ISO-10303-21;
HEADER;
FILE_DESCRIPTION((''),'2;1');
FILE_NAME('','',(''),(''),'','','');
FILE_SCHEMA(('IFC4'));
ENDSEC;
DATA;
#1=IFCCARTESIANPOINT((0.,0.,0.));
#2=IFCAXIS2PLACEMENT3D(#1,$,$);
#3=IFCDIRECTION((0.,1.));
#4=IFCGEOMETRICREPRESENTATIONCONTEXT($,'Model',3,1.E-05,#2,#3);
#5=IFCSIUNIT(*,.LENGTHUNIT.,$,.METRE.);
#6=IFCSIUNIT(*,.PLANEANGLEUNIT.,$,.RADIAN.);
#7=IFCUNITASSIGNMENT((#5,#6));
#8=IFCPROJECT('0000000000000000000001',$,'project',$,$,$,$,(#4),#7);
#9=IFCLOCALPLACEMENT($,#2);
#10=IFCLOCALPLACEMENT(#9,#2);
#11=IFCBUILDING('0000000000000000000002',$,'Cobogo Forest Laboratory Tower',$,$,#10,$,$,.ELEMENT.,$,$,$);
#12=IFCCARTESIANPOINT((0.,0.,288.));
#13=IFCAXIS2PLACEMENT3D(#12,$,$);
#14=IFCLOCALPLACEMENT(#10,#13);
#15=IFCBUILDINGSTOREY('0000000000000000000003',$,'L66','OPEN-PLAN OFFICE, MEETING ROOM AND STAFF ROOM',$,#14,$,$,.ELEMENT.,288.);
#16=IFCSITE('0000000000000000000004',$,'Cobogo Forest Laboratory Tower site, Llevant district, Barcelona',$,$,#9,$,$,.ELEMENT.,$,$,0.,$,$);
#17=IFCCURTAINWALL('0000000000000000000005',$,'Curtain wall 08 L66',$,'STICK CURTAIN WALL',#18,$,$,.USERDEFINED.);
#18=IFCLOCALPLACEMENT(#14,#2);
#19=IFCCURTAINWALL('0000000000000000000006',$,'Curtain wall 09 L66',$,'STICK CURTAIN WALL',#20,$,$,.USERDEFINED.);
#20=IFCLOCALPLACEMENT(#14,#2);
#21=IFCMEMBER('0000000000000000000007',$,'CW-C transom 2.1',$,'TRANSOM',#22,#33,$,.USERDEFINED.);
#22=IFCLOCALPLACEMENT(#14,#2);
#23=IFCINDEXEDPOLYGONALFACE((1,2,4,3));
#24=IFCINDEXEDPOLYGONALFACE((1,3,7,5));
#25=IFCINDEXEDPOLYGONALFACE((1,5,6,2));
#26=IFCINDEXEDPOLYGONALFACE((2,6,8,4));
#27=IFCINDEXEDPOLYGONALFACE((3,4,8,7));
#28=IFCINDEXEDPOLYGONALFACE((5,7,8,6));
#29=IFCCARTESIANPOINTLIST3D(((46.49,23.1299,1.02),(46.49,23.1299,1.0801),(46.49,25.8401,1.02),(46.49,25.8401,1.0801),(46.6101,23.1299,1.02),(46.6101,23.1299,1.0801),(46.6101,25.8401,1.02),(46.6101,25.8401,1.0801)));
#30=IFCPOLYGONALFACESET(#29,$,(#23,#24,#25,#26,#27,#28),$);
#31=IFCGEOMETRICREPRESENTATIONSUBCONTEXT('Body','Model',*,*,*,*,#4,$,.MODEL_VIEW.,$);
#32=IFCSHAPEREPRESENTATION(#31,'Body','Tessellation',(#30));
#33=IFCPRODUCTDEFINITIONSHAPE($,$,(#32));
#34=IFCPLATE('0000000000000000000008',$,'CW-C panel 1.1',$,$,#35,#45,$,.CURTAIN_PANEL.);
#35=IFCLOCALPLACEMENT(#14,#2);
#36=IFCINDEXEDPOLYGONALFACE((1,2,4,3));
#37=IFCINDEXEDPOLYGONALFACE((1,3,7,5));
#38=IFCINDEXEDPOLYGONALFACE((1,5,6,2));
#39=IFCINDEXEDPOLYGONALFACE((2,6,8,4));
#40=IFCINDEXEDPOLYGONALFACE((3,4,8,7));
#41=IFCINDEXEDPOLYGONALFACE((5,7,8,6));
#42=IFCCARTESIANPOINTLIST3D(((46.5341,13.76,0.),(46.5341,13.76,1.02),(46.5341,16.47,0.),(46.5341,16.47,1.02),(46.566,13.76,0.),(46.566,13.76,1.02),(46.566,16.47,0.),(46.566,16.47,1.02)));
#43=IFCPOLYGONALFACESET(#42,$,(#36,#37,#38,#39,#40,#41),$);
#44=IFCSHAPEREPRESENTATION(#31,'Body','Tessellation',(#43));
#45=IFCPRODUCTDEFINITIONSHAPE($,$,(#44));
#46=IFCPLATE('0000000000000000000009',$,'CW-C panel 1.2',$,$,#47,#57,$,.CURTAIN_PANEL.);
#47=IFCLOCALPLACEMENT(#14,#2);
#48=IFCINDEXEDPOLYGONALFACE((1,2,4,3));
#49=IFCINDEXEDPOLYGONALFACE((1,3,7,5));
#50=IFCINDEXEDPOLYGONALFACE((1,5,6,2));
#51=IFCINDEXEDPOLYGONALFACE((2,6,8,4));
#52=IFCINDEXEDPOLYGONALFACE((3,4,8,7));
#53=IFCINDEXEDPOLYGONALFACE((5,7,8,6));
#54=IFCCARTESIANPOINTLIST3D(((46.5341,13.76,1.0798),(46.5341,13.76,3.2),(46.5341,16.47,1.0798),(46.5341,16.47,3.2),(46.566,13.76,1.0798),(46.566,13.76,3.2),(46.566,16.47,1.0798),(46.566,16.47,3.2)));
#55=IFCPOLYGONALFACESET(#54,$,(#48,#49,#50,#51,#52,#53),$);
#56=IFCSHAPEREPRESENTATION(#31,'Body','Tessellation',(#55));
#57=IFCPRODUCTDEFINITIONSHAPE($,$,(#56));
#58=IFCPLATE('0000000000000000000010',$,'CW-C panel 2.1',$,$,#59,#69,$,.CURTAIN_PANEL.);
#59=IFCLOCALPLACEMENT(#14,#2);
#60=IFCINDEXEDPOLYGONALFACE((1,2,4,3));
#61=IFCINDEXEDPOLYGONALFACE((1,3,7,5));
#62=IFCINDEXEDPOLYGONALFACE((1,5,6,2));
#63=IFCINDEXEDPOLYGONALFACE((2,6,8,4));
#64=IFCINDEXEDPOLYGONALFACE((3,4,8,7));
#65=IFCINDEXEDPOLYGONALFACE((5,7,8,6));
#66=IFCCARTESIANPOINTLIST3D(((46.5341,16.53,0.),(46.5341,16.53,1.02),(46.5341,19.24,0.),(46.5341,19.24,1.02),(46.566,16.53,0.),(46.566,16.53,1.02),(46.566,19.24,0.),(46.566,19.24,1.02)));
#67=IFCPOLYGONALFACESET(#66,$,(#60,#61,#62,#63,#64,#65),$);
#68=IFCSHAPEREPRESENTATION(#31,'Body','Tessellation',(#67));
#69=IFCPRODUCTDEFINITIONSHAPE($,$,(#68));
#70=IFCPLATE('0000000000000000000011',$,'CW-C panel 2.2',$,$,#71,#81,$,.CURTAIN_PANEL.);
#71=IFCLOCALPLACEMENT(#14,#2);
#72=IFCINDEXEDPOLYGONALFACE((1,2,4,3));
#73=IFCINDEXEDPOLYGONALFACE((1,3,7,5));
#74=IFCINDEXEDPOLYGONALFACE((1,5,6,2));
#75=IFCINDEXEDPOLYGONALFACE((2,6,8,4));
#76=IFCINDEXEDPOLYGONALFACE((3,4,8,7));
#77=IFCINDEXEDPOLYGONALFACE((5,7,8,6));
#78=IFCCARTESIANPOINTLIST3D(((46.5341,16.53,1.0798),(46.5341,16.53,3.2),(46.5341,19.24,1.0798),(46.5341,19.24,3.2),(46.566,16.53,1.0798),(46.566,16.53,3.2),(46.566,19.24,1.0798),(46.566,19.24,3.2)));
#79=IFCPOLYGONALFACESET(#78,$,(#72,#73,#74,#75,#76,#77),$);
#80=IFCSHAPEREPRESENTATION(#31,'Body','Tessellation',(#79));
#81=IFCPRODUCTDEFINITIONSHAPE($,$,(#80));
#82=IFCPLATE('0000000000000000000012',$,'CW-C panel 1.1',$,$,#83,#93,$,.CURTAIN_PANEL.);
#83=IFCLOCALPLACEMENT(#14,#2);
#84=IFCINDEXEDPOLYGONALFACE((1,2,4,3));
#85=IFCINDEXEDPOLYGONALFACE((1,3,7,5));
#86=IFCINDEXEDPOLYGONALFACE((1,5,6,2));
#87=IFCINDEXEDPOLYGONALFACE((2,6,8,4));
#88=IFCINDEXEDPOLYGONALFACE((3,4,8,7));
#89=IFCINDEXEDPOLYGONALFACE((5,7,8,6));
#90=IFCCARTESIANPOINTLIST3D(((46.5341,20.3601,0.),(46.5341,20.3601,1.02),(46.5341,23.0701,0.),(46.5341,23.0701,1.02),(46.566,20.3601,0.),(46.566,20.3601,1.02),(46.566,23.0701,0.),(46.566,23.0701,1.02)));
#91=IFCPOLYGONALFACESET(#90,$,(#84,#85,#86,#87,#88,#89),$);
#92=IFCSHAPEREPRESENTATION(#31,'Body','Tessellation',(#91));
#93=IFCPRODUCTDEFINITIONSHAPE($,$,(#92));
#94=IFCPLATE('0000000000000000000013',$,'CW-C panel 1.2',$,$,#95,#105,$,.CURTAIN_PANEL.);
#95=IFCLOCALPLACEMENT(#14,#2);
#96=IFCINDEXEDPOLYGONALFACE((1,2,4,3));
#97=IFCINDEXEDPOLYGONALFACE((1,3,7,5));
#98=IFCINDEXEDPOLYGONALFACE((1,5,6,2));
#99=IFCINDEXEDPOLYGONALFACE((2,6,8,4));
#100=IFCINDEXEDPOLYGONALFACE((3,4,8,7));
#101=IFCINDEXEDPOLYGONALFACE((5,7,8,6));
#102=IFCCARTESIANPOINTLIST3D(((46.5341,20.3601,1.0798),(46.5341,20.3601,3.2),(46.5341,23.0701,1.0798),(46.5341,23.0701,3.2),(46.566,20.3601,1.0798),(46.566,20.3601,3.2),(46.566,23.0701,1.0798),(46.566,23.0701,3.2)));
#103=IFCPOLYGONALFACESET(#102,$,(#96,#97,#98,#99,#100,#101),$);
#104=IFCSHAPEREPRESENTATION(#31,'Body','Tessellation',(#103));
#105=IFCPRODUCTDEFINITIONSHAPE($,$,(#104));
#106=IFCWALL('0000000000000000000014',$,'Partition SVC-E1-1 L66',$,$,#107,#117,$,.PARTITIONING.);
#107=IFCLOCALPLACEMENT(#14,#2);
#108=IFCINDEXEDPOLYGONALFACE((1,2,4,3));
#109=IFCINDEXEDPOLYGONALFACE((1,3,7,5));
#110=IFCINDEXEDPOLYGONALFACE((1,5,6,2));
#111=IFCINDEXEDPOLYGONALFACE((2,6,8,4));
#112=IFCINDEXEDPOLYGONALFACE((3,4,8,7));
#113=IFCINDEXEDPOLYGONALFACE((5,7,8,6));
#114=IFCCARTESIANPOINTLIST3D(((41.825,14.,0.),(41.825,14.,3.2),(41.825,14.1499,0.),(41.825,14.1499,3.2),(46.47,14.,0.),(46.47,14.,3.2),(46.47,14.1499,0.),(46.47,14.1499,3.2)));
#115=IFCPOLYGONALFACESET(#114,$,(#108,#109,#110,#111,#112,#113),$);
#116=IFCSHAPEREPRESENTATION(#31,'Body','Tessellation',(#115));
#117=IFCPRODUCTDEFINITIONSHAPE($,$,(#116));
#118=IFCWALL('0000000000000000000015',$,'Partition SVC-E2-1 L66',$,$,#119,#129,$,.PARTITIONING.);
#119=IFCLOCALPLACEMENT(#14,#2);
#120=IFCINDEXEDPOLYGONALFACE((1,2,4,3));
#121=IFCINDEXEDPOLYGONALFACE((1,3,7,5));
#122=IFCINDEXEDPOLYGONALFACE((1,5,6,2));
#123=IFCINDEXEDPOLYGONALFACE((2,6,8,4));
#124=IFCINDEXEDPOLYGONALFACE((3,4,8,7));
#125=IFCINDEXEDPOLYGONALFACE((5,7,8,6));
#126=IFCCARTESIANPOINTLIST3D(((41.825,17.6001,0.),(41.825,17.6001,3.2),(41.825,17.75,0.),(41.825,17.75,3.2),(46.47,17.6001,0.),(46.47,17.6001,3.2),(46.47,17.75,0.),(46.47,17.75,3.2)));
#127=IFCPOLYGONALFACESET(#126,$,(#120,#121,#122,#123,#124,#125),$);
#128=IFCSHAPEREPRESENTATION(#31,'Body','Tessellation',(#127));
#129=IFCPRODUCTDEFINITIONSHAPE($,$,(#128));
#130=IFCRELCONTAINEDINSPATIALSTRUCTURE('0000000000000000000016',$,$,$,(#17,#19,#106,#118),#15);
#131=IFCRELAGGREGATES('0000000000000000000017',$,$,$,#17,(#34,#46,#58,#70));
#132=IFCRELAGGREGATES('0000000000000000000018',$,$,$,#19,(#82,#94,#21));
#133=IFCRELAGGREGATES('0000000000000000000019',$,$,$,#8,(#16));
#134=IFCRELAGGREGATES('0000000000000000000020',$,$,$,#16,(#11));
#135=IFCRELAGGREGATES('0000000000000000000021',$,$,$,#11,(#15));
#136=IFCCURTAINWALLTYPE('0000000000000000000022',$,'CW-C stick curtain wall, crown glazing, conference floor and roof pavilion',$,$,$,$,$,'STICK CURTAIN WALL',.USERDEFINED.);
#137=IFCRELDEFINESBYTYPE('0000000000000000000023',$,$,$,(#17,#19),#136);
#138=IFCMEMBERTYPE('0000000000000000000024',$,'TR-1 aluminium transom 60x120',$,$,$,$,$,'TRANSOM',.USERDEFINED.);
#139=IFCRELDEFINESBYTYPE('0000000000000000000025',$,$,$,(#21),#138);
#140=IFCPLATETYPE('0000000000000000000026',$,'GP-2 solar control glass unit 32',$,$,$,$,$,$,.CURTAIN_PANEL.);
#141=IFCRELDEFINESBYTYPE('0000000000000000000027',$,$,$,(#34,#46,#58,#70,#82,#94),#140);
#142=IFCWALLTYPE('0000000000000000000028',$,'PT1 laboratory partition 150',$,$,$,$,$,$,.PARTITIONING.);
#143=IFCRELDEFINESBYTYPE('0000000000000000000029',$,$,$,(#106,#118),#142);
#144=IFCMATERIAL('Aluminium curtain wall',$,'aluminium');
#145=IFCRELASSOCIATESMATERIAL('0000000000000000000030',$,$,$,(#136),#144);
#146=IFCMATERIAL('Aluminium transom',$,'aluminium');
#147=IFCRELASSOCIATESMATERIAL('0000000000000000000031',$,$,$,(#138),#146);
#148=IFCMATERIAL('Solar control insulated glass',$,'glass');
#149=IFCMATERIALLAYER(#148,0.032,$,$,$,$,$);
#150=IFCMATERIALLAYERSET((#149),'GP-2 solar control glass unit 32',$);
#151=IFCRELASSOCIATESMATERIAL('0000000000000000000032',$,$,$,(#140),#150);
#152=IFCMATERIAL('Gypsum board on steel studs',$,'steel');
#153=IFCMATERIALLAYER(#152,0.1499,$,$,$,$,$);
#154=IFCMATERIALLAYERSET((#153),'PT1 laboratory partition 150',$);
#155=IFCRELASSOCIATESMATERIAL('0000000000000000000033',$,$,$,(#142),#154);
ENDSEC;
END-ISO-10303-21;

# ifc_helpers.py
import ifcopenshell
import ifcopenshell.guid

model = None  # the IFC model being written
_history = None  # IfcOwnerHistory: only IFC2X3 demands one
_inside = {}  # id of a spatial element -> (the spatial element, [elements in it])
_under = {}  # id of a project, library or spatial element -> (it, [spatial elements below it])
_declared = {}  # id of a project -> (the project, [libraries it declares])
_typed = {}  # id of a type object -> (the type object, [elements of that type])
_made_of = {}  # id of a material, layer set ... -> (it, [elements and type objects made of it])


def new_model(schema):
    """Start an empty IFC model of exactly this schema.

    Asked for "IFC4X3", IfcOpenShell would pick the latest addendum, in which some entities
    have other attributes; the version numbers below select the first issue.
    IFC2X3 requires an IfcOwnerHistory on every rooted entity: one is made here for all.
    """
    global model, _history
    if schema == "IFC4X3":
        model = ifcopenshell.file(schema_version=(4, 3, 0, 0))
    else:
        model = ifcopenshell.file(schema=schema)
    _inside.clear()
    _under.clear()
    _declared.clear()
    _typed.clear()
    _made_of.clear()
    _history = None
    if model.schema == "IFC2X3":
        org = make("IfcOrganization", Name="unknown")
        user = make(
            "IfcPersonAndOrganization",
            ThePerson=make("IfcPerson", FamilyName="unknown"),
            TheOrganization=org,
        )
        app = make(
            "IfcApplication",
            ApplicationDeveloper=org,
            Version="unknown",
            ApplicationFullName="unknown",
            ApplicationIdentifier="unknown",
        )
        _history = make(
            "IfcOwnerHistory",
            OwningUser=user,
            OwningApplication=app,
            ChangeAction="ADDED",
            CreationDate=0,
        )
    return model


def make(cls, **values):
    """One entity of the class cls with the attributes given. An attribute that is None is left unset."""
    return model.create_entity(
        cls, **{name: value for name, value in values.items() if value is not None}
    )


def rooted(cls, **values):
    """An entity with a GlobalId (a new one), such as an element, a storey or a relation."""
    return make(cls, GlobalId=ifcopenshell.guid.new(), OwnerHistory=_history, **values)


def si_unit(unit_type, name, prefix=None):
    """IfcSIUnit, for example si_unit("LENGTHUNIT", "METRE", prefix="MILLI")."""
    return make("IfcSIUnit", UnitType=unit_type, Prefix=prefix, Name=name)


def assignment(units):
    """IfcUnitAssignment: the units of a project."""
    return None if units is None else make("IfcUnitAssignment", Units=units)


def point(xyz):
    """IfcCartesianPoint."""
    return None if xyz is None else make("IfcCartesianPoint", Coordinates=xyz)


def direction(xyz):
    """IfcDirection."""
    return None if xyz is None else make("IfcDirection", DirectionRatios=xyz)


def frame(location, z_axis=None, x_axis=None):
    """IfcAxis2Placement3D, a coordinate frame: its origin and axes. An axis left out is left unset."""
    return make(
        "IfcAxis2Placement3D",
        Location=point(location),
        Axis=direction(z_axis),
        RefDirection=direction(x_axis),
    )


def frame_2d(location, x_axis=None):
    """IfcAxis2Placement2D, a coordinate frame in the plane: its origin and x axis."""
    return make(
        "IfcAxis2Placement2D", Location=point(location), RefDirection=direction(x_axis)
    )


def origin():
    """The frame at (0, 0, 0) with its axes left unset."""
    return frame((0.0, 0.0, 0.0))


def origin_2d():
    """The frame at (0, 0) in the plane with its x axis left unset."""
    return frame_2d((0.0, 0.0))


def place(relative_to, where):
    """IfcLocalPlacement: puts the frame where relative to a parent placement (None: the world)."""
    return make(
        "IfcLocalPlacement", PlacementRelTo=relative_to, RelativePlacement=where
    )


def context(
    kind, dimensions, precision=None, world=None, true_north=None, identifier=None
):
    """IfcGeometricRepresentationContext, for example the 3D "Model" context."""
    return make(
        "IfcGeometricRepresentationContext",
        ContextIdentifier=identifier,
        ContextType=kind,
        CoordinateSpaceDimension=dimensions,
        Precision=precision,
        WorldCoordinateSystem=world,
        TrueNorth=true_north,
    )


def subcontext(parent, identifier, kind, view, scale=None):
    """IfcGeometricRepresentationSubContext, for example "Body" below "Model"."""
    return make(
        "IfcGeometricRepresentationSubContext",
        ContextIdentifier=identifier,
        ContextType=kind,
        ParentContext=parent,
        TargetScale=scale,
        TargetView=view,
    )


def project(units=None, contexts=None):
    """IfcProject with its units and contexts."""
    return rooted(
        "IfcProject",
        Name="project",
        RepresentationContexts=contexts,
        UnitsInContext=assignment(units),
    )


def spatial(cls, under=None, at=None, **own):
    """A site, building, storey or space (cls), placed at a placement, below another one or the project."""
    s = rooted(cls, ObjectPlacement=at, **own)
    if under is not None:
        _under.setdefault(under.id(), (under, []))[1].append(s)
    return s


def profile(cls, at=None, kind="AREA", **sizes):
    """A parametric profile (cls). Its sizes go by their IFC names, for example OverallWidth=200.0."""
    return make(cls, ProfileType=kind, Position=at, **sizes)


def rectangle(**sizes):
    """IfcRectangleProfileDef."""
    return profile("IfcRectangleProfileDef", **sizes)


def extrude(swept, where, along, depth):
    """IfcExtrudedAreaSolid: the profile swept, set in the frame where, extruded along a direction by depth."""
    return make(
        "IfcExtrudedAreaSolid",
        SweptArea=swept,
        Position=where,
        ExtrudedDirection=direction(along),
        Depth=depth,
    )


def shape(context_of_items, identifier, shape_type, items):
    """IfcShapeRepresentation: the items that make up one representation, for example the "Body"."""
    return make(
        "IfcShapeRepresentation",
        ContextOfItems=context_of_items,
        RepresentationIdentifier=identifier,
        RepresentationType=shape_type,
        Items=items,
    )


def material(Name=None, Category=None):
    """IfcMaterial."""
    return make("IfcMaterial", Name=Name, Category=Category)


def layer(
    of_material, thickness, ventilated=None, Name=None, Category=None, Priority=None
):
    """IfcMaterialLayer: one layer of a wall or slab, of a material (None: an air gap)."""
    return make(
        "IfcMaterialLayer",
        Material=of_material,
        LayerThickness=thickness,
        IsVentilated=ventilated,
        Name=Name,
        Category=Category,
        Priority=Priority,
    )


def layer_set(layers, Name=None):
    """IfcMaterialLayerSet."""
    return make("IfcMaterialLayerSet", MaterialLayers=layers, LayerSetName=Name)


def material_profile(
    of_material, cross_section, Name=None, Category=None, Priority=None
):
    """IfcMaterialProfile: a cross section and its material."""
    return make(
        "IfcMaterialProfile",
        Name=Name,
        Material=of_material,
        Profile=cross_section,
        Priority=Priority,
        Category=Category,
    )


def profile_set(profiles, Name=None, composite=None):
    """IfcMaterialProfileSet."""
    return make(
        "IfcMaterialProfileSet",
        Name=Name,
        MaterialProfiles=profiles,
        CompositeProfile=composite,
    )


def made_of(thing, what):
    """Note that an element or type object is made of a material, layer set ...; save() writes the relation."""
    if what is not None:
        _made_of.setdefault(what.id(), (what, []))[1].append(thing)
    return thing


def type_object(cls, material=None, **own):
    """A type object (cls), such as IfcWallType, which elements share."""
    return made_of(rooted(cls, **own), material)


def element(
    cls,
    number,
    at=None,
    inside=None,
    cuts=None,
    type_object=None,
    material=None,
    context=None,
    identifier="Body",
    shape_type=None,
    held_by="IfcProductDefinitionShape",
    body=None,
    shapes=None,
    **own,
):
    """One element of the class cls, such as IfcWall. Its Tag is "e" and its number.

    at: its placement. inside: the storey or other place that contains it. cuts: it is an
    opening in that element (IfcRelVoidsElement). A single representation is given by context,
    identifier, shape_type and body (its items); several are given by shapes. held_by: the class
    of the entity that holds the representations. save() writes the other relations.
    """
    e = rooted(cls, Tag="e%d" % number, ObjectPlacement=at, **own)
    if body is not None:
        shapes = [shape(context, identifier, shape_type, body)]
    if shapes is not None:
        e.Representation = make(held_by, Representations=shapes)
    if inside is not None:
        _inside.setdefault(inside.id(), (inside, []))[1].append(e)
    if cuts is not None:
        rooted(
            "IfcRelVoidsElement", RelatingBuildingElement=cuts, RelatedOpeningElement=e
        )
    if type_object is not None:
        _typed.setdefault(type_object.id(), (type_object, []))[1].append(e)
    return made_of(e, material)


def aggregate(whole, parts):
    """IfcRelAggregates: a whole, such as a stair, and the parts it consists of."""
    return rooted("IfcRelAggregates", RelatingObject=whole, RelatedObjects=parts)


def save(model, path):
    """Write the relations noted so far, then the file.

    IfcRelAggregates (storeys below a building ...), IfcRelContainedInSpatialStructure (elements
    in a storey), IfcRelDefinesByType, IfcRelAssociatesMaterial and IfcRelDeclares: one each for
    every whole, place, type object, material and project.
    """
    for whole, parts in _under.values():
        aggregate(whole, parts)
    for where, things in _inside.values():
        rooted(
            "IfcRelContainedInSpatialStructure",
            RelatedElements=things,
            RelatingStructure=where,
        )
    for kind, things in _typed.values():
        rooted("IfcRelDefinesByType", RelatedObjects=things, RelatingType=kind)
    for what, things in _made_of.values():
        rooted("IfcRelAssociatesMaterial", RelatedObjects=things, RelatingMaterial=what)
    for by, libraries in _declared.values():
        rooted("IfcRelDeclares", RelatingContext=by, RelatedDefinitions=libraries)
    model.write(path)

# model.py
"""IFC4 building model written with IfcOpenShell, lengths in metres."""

from ifc_helpers import new_model, si_unit, direction, frame, frame_2d, origin, origin_2d, place, context, subcontext, project, spatial, rectangle, extrude, material, layer, layer_set, material_profile, profile_set, type_object, element, aggregate, save


model = new_model("IFC4")

# Units and contexts
model_context = context("Model", 3, precision=1e-05, world=origin(), true_north=direction((0.0, 1.0)))
body_context = subcontext(model_context, "Body", "Model", "MODEL_VIEW")
ifc_project = project(units=[si_unit("LENGTHUNIT", "METRE"), si_unit("PLANEANGLEUNIT", "RADIAN")], contexts=[model_context])

# Site, building, storey
site_placement = place(None, origin())
site = spatial("IfcSite", under=ifc_project, at=site_placement, Name="Cobogo Forest Laboratory Tower site, Llevant district, Barcelona", CompositionType="ELEMENT", RefElevation=0.0)
building_placement = place(site_placement, origin())
building = spatial("IfcBuilding", under=site, at=building_placement, Name="Cobogo Forest Laboratory Tower", CompositionType="ELEMENT")
storey_placement = place(building_placement, frame((0.0, 0.0, 288.0)))
storey = spatial("IfcBuildingStorey", under=building, at=storey_placement, Name="L66", Description="OPEN-PLAN OFFICE, MEETING ROOM AND STAFF ROOM", CompositionType="ELEMENT", Elevation=288.0)

# Shared definitions
ifc_material_1 = material(Name="Aluminium curtain wall", Category="aluminium")
curtain_wall_type = type_object("IfcCurtainWallType", Name="CW-C stick curtain wall, crown glazing, conference floor and roof pavilion", ElementType="STICK CURTAIN WALL", PredefinedType="USERDEFINED", material=ifc_material_1)

# Curtain walls
curtain_wall_1_placement = place(storey_placement, origin())
curtain_wall_1 = element("IfcCurtainWall", 1, at=curtain_wall_1_placement, inside=storey, type_object=curtain_wall_type, Name="Curtain wall 08 L66", ObjectType="STICK CURTAIN WALL", PredefinedType="USERDEFINED")
curtain_wall_2_placement = place(storey_placement, origin())
curtain_wall_2 = element("IfcCurtainWall", 2, at=curtain_wall_2_placement, inside=storey, type_object=curtain_wall_type, Name="Curtain wall 09 L66", ObjectType="STICK CURTAIN WALL", PredefinedType="USERDEFINED")

# Member
ifc_material_2 = material(Name="Aluminium transom", Category="aluminium")
ifc_material_profile_1 = material_profile(ifc_material_2, rectangle(XDim=0.1201, YDim=0.0601, at=origin_2d()), Name="AL 60x120")
ifc_profile_set_1 = profile_set([ifc_material_profile_1], Name="Aluminium transom")
member_type_1 = type_object("IfcMemberType", Name="TR-1 aluminium transom 60x120", ElementType="TRANSOM", PredefinedType="USERDEFINED", material=ifc_profile_set_1)
member_1_placement = place(storey_placement, frame((46.55, 23.1299, 1.05), z_axis=(0.0, 1.0, 0.0), x_axis=(-1.0, 0.0, 0.0)))
member_1 = element("IfcMember", 3, at=member_1_placement, type_object=member_type_1, Name="CW-C transom 2.1", ObjectType="TRANSOM", PredefinedType="USERDEFINED", context=body_context, shape_type="SweptSolid", body=[
    extrude(rectangle(XDim=0.1201, YDim=0.0601, at=origin_2d()), origin(), (0.0, 0.0, 1.0), 2.7102),
])

# Plates
ifc_material_3 = material(Name="Solar control insulated glass", Category="glass")
ifc_layer_1 = layer(ifc_material_3, 0.032)
ifc_layer_set_1 = layer_set([ifc_layer_1], Name="GP-2 solar control glass unit 32")
plate_type = type_object("IfcPlateType", Name="GP-2 solar control glass unit 32", PredefinedType="CURTAIN_PANEL", material=ifc_layer_set_1)
plate_1_placement = place(storey_placement, frame((46.55, 15.115, 0.0), z_axis=(0.0, 0.0, 1.0), x_axis=(0.0, 1.0, 0.0)))
plate_1 = element("IfcPlate", 4, at=plate_1_placement, type_object=plate_type, Name="CW-C panel 1.1", PredefinedType="CURTAIN_PANEL", context=body_context, shape_type="SweptSolid", body=[
    extrude(rectangle(XDim=2.71, YDim=0.032, at=origin_2d()), origin(), (0.0, 0.0, 1.0), 1.02),
])
plate_2_placement = place(storey_placement, frame((46.55, 15.115, 1.0798), z_axis=(0.0, 0.0, 1.0), x_axis=(0.0, 1.0, 0.0)))
plate_2 = element("IfcPlate", 5, at=plate_2_placement, type_object=plate_type, Name="CW-C panel 1.2", PredefinedType="CURTAIN_PANEL", context=body_context, shape_type="SweptSolid", body=[
    extrude(rectangle(XDim=2.71, YDim=0.032, at=origin_2d()), origin(), (0.0, 0.0, 1.0), 2.1201),
])
plate_3_placement = place(storey_placement, frame((46.55, 17.885, 0.0), z_axis=(0.0, 0.0, 1.0), x_axis=(0.0, 1.0, 0.0)))
plate_3 = element("IfcPlate", 6, at=plate_3_placement, type_object=plate_type, Name="CW-C panel 2.1", PredefinedType="CURTAIN_PANEL", context=body_context, shape_type="SweptSolid", body=[
    extrude(rectangle(XDim=2.71, YDim=0.032, at=origin_2d()), origin(), (0.0, 0.0, 1.0), 1.02),
])
plate_4_placement = place(storey_placement, frame((46.55, 17.885, 1.0798), z_axis=(0.0, 0.0, 1.0), x_axis=(0.0, 1.0, 0.0)))
plate_4 = element("IfcPlate", 7, at=plate_4_placement, type_object=plate_type, Name="CW-C panel 2.2", PredefinedType="CURTAIN_PANEL", context=body_context, shape_type="SweptSolid", body=[
    extrude(rectangle(XDim=2.71, YDim=0.032, at=origin_2d()), origin(), (0.0, 0.0, 1.0), 2.1201),
])
aggregate(curtain_wall_1, [plate_1, plate_2, plate_3, plate_4])
plate_5_placement = place(storey_placement, frame((46.55, 21.7151, 0.0), z_axis=(0.0, 0.0, 1.0), x_axis=(0.0, 1.0, 0.0)))
plate_5 = element("IfcPlate", 8, at=plate_5_placement, type_object=plate_type, Name="CW-C panel 1.1", PredefinedType="CURTAIN_PANEL", context=body_context, shape_type="SweptSolid", body=[
    extrude(rectangle(XDim=2.71, YDim=0.032, at=origin_2d()), origin(), (0.0, 0.0, 1.0), 1.02),
])
plate_6_placement = place(storey_placement, frame((46.55, 21.7151, 1.0798), z_axis=(0.0, 0.0, 1.0), x_axis=(0.0, 1.0, 0.0)))
plate_6 = element("IfcPlate", 9, at=plate_6_placement, type_object=plate_type, Name="CW-C panel 1.2", PredefinedType="CURTAIN_PANEL", context=body_context, shape_type="SweptSolid", body=[
    extrude(rectangle(XDim=2.71, YDim=0.032, at=origin_2d()), origin(), (0.0, 0.0, 1.0), 2.1201),
])
aggregate(curtain_wall_2, [plate_5, plate_6, member_1])

# Walls
ifc_material_4 = material(Name="Gypsum board on steel studs", Category="steel")
ifc_layer_2 = layer(ifc_material_4, 0.1499)
ifc_layer_set_2 = layer_set([ifc_layer_2], Name="PT1 laboratory partition 150")
wall_type = type_object("IfcWallType", Name="PT1 laboratory partition 150", PredefinedType="PARTITIONING", material=ifc_layer_set_2)
for number, where, z_axis, x_axis, name in (
    (10, (46.47, 14.075, 0.0), (0.0, 0.0, 1.0), (-1.0, 0.0, 0.0), "Partition SVC-E1-1 L66"),
    (11, (46.47, 17.675, 0.0), (0.0, 0.0, 1.0), (-1.0, 0.0, 0.0), "Partition SVC-E2-1 L66"),
):
    element("IfcWall", number, at=place(storey_placement, frame(where, z_axis=z_axis, x_axis=x_axis)), inside=storey, type_object=wall_type, Name=name, PredefinedType="PARTITIONING", context=body_context, shape_type="SweptSolid", body=[
        extrude(rectangle(XDim=4.645, YDim=0.1499, at=frame_2d((2.3225, 0.0))), origin(), (0.0, 0.0, 1.0), 3.2),
    ])

save(model, "model.ifc")
